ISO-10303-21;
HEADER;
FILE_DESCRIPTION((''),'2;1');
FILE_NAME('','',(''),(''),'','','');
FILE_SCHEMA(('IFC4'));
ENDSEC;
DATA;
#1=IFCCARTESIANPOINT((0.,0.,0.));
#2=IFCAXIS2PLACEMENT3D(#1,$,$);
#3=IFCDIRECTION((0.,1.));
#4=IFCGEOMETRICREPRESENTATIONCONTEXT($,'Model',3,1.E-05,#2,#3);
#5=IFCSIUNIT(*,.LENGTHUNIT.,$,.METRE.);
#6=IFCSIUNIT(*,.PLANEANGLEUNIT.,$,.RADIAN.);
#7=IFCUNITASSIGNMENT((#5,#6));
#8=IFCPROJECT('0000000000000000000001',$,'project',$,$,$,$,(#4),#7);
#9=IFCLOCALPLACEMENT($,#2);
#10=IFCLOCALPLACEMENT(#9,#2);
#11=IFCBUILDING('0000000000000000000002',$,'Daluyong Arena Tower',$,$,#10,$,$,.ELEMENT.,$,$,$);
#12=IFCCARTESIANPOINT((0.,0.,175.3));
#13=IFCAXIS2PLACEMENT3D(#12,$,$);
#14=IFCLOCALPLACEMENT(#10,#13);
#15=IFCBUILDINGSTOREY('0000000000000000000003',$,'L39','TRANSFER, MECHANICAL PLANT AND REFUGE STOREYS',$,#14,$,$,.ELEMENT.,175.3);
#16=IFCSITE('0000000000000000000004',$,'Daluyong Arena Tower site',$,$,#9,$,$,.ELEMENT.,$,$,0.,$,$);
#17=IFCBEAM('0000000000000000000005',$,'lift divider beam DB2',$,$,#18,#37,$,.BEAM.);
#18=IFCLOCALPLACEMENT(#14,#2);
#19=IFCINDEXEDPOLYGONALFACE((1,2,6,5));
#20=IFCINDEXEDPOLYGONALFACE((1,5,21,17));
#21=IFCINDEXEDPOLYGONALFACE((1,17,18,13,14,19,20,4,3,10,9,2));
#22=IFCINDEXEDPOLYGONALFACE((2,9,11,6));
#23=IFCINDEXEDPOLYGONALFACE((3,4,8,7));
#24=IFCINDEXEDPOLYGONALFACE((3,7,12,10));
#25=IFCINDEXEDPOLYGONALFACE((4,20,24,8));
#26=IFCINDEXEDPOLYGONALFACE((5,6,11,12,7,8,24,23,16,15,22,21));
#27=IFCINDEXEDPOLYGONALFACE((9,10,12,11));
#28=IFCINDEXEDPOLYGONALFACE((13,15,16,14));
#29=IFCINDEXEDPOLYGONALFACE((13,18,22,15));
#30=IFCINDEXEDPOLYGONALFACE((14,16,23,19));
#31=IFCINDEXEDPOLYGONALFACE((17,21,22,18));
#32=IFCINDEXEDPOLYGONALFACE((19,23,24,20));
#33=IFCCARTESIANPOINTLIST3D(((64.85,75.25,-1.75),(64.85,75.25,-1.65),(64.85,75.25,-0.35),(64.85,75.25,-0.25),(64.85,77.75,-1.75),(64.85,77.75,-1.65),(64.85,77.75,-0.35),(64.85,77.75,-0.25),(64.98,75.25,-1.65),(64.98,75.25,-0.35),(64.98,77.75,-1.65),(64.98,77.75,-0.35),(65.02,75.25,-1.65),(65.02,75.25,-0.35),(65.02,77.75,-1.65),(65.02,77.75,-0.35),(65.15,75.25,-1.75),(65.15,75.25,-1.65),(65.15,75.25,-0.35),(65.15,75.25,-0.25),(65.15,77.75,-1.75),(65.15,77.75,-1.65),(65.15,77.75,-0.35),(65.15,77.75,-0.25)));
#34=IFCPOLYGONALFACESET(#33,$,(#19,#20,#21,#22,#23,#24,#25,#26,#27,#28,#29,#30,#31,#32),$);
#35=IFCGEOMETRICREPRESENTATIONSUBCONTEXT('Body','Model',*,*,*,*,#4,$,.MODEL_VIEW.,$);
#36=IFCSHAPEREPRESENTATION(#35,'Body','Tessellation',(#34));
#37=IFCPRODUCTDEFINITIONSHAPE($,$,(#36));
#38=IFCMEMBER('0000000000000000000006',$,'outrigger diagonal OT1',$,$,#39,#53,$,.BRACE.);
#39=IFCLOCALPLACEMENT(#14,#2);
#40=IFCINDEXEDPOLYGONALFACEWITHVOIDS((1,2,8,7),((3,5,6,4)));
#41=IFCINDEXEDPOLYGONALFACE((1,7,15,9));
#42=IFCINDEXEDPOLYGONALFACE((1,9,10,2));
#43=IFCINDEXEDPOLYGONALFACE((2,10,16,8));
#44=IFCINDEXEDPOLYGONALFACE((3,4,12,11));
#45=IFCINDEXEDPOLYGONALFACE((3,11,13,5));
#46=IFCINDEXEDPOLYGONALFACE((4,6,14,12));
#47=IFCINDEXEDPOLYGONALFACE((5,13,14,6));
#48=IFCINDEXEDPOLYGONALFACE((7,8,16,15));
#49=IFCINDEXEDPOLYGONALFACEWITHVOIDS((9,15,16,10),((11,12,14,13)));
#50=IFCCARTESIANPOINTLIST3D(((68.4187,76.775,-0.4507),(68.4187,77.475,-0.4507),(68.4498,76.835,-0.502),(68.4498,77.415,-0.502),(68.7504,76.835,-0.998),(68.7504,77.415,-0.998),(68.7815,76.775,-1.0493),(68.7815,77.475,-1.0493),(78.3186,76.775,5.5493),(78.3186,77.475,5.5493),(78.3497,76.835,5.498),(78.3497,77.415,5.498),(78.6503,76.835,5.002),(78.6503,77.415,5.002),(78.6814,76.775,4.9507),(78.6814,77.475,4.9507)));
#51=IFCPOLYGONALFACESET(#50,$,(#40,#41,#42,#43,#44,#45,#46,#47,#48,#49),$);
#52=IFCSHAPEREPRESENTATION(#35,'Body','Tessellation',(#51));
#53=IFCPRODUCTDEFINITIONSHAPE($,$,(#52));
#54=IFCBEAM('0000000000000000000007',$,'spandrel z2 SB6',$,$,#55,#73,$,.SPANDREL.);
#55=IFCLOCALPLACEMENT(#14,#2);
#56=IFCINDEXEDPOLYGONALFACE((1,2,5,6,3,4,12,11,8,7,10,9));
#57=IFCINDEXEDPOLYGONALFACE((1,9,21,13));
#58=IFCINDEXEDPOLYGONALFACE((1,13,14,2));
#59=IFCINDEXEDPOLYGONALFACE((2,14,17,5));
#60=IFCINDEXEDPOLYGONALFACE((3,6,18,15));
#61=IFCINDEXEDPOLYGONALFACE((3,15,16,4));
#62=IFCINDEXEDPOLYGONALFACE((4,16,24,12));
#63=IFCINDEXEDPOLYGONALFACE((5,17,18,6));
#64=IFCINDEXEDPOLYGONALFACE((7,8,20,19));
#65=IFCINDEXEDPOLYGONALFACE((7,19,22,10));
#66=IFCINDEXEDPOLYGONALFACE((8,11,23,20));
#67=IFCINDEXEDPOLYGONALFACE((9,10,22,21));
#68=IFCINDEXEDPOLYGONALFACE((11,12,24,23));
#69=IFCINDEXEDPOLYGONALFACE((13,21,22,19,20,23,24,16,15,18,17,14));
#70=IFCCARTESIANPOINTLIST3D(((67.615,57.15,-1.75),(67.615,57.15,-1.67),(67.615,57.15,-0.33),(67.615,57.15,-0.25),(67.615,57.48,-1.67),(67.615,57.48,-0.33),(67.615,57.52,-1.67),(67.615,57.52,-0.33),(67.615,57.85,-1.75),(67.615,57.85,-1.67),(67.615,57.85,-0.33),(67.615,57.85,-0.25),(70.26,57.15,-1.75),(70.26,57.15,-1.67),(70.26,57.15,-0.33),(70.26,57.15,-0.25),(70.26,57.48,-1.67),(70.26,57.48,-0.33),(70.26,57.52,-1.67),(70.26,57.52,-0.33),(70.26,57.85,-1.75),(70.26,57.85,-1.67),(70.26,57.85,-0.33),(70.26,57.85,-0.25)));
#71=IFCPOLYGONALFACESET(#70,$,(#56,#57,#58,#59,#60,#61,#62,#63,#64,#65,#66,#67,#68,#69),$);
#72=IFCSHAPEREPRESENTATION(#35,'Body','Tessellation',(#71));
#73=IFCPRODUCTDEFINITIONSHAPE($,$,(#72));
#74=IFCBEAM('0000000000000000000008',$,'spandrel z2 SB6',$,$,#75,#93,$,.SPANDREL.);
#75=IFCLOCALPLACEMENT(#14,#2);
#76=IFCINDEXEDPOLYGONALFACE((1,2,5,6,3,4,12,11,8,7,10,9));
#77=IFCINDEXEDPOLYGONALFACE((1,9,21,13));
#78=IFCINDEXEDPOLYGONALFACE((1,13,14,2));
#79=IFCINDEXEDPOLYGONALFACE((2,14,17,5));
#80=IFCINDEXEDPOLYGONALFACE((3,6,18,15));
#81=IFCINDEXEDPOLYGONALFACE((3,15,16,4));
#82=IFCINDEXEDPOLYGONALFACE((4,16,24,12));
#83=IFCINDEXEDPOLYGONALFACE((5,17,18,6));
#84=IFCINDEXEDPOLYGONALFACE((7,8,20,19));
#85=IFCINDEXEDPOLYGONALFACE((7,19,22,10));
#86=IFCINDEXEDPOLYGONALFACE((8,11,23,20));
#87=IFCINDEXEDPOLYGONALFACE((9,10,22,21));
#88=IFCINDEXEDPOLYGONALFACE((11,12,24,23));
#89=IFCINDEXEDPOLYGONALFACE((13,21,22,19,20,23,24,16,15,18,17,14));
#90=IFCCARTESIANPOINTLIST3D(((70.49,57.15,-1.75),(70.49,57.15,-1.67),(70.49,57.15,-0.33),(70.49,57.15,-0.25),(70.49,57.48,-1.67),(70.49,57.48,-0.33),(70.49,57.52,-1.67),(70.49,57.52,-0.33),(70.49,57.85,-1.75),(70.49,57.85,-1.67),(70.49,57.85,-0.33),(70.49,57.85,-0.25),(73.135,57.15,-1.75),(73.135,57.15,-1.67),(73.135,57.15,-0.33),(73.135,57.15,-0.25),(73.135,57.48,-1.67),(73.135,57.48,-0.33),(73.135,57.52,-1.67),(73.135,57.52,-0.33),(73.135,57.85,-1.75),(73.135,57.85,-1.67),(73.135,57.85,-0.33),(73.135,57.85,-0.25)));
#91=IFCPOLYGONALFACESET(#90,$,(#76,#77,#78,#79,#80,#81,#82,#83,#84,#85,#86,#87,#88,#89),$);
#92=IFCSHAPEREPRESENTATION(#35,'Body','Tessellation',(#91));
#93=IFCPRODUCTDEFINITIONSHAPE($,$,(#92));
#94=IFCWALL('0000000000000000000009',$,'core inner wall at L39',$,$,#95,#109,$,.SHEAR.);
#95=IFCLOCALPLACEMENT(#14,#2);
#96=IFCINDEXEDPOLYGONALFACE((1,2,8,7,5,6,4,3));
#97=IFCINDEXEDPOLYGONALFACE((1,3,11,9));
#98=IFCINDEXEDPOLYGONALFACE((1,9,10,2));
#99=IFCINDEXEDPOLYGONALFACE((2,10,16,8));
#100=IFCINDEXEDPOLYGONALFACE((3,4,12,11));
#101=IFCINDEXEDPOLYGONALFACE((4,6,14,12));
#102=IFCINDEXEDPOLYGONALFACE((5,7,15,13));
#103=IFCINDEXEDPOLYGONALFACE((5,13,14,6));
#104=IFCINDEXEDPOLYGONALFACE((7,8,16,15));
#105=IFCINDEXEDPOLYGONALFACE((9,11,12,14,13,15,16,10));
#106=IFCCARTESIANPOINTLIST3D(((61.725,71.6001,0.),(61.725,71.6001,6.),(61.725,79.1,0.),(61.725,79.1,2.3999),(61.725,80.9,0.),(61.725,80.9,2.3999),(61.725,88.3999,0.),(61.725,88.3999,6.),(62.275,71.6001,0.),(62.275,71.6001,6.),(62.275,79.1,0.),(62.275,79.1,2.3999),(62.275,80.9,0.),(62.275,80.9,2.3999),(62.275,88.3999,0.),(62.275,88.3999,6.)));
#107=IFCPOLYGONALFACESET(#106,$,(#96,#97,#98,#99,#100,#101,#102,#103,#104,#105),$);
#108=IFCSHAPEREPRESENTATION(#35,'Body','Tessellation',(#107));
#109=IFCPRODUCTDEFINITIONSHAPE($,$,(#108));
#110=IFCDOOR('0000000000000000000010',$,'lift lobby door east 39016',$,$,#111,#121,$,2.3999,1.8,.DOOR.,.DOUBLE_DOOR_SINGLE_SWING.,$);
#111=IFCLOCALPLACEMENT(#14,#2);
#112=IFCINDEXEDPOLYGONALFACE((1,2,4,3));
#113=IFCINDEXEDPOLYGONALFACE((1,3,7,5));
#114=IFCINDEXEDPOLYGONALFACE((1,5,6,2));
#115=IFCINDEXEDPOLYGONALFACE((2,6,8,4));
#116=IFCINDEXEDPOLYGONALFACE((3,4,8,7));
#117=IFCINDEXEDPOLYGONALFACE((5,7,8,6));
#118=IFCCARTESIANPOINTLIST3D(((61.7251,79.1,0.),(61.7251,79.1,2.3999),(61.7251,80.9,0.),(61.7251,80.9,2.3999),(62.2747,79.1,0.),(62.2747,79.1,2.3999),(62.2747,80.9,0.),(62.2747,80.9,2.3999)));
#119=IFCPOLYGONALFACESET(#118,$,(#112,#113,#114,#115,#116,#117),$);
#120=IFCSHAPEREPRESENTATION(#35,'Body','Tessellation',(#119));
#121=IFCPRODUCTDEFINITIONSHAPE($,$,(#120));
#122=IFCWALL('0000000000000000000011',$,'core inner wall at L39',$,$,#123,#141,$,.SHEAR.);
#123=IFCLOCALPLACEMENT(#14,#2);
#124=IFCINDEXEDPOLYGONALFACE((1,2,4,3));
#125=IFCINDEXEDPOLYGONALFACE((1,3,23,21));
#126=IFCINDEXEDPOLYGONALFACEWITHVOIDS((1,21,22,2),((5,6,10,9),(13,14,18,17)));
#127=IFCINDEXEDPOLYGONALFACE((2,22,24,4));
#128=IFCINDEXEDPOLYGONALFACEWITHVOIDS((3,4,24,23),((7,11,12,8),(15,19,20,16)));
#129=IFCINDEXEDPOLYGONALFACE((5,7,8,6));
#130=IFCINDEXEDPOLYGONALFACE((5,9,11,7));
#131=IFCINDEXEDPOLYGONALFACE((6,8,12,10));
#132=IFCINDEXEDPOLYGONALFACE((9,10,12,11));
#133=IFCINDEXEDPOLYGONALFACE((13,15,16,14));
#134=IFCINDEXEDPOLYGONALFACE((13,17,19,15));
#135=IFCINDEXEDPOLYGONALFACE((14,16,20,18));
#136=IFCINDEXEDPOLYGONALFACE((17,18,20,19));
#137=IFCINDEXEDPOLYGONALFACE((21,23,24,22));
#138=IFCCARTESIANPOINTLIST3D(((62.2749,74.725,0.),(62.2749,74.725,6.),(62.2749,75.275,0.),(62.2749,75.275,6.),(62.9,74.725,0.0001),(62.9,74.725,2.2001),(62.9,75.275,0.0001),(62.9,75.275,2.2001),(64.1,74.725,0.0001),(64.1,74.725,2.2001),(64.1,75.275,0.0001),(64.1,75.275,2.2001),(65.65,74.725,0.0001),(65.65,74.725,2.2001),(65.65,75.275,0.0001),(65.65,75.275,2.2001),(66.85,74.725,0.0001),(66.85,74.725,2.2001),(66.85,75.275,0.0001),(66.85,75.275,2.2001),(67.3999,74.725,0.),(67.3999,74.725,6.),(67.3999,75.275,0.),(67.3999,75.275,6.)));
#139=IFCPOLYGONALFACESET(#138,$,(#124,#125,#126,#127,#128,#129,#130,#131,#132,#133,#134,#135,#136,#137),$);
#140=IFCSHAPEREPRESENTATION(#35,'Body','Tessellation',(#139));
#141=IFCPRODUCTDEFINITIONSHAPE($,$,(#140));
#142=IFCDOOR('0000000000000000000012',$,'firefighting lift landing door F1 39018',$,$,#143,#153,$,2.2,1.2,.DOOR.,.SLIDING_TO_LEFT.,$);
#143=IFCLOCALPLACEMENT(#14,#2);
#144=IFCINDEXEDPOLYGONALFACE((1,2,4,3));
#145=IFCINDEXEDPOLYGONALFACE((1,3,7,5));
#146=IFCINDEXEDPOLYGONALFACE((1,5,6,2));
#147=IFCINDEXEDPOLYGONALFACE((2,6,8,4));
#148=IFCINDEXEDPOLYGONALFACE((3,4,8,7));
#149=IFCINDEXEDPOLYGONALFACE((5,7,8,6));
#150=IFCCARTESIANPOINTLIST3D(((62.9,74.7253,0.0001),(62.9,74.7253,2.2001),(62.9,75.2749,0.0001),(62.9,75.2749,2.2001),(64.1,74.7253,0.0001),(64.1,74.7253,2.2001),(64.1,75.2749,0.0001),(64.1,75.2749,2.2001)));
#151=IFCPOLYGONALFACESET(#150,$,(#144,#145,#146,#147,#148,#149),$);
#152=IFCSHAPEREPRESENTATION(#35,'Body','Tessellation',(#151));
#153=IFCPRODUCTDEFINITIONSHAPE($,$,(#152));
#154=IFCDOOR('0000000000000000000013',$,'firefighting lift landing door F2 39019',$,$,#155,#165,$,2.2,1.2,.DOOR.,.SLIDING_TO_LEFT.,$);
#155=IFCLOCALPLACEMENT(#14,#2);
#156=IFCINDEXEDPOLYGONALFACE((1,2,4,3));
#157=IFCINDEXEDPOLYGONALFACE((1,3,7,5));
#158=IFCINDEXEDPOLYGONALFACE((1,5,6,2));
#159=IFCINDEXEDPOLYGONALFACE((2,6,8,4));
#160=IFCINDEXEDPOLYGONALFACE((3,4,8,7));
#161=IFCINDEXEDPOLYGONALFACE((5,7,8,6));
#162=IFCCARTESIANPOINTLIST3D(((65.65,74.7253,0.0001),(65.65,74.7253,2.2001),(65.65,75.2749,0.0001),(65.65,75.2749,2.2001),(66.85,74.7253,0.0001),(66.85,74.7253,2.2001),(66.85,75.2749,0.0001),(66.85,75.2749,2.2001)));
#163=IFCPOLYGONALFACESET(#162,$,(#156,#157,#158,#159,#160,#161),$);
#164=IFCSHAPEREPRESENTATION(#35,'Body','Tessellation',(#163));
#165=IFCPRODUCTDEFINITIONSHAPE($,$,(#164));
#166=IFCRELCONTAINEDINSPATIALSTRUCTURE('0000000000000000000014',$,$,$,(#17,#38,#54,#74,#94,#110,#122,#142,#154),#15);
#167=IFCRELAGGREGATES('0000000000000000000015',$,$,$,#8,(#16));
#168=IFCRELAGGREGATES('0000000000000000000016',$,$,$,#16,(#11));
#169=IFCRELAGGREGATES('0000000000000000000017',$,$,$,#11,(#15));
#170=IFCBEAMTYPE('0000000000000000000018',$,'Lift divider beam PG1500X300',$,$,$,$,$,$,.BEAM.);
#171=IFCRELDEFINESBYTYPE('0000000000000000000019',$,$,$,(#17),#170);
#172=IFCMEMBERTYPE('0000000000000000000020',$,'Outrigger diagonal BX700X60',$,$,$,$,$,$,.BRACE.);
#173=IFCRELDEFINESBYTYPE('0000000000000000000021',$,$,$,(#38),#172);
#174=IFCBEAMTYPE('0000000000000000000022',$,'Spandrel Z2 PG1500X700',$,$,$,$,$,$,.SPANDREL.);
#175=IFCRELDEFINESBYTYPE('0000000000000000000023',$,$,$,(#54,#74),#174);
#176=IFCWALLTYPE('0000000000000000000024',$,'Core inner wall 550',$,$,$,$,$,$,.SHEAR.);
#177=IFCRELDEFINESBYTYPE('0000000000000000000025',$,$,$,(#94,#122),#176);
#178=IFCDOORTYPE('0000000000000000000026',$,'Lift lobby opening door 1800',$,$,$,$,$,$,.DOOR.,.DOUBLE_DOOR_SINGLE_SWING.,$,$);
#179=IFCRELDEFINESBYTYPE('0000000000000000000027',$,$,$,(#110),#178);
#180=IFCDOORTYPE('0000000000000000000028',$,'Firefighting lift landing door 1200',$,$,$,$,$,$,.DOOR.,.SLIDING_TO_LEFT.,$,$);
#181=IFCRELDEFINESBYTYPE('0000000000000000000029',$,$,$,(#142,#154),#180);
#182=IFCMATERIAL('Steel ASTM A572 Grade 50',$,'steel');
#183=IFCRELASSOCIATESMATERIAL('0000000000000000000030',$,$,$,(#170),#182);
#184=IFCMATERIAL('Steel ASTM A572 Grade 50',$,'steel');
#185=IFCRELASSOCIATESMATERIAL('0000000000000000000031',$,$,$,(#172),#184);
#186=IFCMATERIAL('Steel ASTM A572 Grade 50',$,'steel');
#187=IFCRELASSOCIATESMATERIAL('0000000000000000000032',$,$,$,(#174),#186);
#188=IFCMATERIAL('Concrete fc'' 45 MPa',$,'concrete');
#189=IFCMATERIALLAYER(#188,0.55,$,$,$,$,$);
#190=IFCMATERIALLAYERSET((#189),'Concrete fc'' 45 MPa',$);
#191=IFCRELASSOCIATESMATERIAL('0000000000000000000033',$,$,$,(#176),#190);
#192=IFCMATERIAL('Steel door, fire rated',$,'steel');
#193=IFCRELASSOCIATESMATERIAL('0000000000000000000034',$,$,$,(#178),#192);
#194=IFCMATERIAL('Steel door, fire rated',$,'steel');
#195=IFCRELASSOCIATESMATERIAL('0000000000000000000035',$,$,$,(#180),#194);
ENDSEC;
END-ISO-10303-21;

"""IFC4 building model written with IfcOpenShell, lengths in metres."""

from ifc_helpers import new_model, si_unit, direction, frame, frame_2d, origin, origin_2d, place, context, subcontext, project, spatial, rectangle, hollow_rectangle, i_section, extrude, material, layer, layer_set, material_profile, profile_set, type_object, element, fill, save


model = new_model("IFC4")

# Units and contexts
model_context = context("Model", 3, precision=1e-05, world=origin(), true_north=direction((0.0, 1.0)))
body_context = subcontext(model_context, "Body", "Model", "MODEL_VIEW")
ifc_project = project(units=[si_unit("LENGTHUNIT", "METRE"), si_unit("PLANEANGLEUNIT", "RADIAN")], contexts=[model_context])

# Site, building, storey
site_placement = place(None, origin())
site = spatial("IfcSite", under=ifc_project, at=site_placement, Name="Daluyong Arena Tower site", CompositionType="ELEMENT", RefElevation=0.0)
building_placement = place(site_placement, origin())
building = spatial("IfcBuilding", under=site, at=building_placement, Name="Daluyong Arena Tower", CompositionType="ELEMENT")
storey_placement = place(building_placement, frame((0.0, 0.0, 175.3)))
storey = spatial("IfcBuildingStorey", under=building, at=storey_placement, Name="L39", Description="TRANSFER, MECHANICAL PLANT AND REFUGE STOREYS", CompositionType="ELEMENT", Elevation=175.3)

# Beam
ifc_material_1 = material(Name="Steel ASTM A572 Grade 50", Category="steel")
ifc_material_profile_1 = material_profile(ifc_material_1, i_section(OverallWidth=0.3, OverallDepth=1.5, WebThickness=0.04, FlangeThickness=0.1, at=origin_2d()))
ifc_profile_set_1 = profile_set([ifc_material_profile_1], Name="Steel ASTM A572 Grade 50")
beam_type_1 = type_object("IfcBeamType", Name="Lift divider beam PG1500X300", PredefinedType="BEAM", material=ifc_profile_set_1)
beam_1_placement = place(storey_placement, frame((65.0, 75.25, -1.0), z_axis=(0.0, 1.0, 0.0), x_axis=(-1.0, 0.0, 0.0)))
element("IfcBeam", 1, at=beam_1_placement, inside=storey, type_object=beam_type_1, Name="lift divider beam DB2", PredefinedType="BEAM", context=body_context, shape_type="SweptSolid", body=[
    extrude(i_section(OverallWidth=0.3, OverallDepth=1.5, WebThickness=0.04, FlangeThickness=0.1, at=origin_2d()), origin(), (0.0, 0.0, 1.0), 2.5),
])

# Member
ifc_material_2 = material(Name="Steel ASTM A572 Grade 50", Category="steel")
ifc_material_profile_2 = material_profile(ifc_material_2, hollow_rectangle(XDim=0.7, YDim=0.7, WallThickness=0.06, at=origin_2d()))
ifc_profile_set_2 = profile_set([ifc_material_profile_2], Name="Steel ASTM A572 Grade 50")
member_type_1 = type_object("IfcMemberType", Name="Outrigger diagonal BX700X60", PredefinedType="BRACE", material=ifc_profile_set_2)
member_1_placement = place(storey_placement, frame((68.6001, 77.125, -0.75), z_axis=(0.855196, 0.0, 0.518305), x_axis=(0.0, 1.0, 0.0)))
element("IfcMember", 2, at=member_1_placement, inside=storey, type_object=member_type_1, Name="outrigger diagonal OT1", PredefinedType="BRACE", context=body_context, shape_type="SweptSolid", body=[
    extrude(hollow_rectangle(XDim=0.7, YDim=0.7, WallThickness=0.06, at=origin_2d()), origin(), (0.0, 0.0, 1.0), 11.5762),
])

# Beams
ifc_material_3 = material(Name="Steel ASTM A572 Grade 50", Category="steel")
ifc_material_profile_3 = material_profile(ifc_material_3, i_section(OverallWidth=0.7, OverallDepth=1.5, WebThickness=0.04, FlangeThickness=0.08, at=origin_2d()))
ifc_profile_set_3 = profile_set([ifc_material_profile_3], Name="Steel ASTM A572 Grade 50")
beam_type_2 = type_object("IfcBeamType", Name="Spandrel Z2 PG1500X700", PredefinedType="SPANDREL", material=ifc_profile_set_3)
for number, where, z_axis, x_axis, name in (
    (3, (67.615, 57.5, -1.0), (1.0, 0.0, 0.0), (0.0, 1.0, 0.0), "spandrel z2 SB6"),
    (4, (70.49, 57.5, -1.0), (1.0, 0.0, 0.0), (0.0, 1.0, 0.0), "spandrel z2 SB6"),
):
    element("IfcBeam", number, at=place(storey_placement, frame(where, z_axis=z_axis, x_axis=x_axis)), inside=storey, type_object=beam_type_2, Name=name, PredefinedType="SPANDREL", context=body_context, shape_type="SweptSolid", body=[
        extrude(i_section(OverallWidth=0.7, OverallDepth=1.5, WebThickness=0.04, FlangeThickness=0.08, at=origin_2d()), origin(), (0.0, 0.0, 1.0), 2.645),
    ])

# Wall, opening, door
ifc_material_4 = material(Name="Concrete fc' 45 MPa", Category="concrete")
ifc_layer_1 = layer(ifc_material_4, 0.55)
ifc_layer_set_1 = layer_set([ifc_layer_1], Name="Concrete fc' 45 MPa")
wall_type_1 = type_object("IfcWallType", Name="Core inner wall 550", PredefinedType="SHEAR", material=ifc_layer_set_1)
wall_1_placement = place(storey_placement, frame((62.0, 71.6001, 0.0), z_axis=(0.0, 0.0, 1.0), x_axis=(0.0, 1.0, 0.0)))
wall_1 = element("IfcWall", 5, at=wall_1_placement, inside=storey, type_object=wall_type_1, Name="core inner wall at L39", PredefinedType="SHEAR", context=body_context, shape_type="SweptSolid", body=[
    extrude(rectangle(XDim=16.7998, YDim=0.55, at=frame_2d((8.3999, 0.0))), origin(), (0.0, 0.0, 1.0), 6.0),
])
opening_1_placement = place(wall_1_placement, frame((7.5, 0.0, 0.0)))
opening_1 = element("IfcOpeningElement", 6, at=opening_1_placement, cuts=wall_1, PredefinedType="OPENING", context=body_context, shape_type="SweptSolid", body=[
    extrude(rectangle(XDim=1.8, YDim=2.3999, at=frame_2d((0.8999, 1.2))), frame((0.0, 0.2849, 0.0), z_axis=(0.0, -1.0, 0.0), x_axis=(1.0, 0.0, 0.0)), (0.0, 0.0, 1.0), 0.5701),
])
ifc_material_5 = material(Name="Steel door, fire rated", Category="steel")
door_type_1 = type_object("IfcDoorType", Name="Lift lobby opening door 1800", OperationType="DOUBLE_DOOR_SINGLE_SWING", PredefinedType="DOOR", material=ifc_material_5)
door_1_placement = place(opening_1_placement, origin())
door_1 = element("IfcDoor", 7, at=door_1_placement, inside=storey, type_object=door_type_1, Name="lift lobby door east 39016", OperationType="DOUBLE_DOOR_SINGLE_SWING", OverallHeight=2.3999, OverallWidth=1.8, PredefinedType="DOOR", context=body_context, shape_type="SweptSolid", body=[
    extrude(rectangle(XDim=1.8, YDim=2.3999, at=frame_2d((0.8999, 1.2))), frame((0.0, 0.2749, 0.0), z_axis=(0.0, -1.0, 0.0), x_axis=(1.0, 0.0, 0.0)), (0.0, 0.0, 1.0), 0.5496),
])
fill(opening_1, door_1)

# Wall, openings, doors
wall_2_placement = place(storey_placement, frame((62.2749, 75.0, 0.0), z_axis=(0.0, 0.0, 1.0), x_axis=(1.0, 0.0, 0.0)))
wall_2 = element("IfcWall", 8, at=wall_2_placement, inside=storey, type_object=wall_type_1, Name="core inner wall at L39", PredefinedType="SHEAR", context=body_context, shape_type="SweptSolid", body=[
    extrude(rectangle(XDim=5.125, YDim=0.55, at=frame_2d((2.5625, 0.0))), origin(), (0.0, 0.0, 1.0), 6.0),
])
opening_2_placement = place(wall_2_placement, frame((0.625, 0.0, 0.0)))
opening_2 = element("IfcOpeningElement", 9, at=opening_2_placement, cuts=wall_2, PredefinedType="OPENING", context=body_context, shape_type="SweptSolid", body=[
    extrude(rectangle(XDim=1.2, YDim=2.2, at=frame_2d((0.6001, 1.1001))), frame((0.0, 0.2849, 0.0), z_axis=(0.0, -1.0, 0.0), x_axis=(1.0, 0.0, 0.0)), (0.0, 0.0, 1.0), 0.5701),
])
opening_3_placement = place(wall_2_placement, frame((3.375, 0.0, 0.0)))
opening_3 = element("IfcOpeningElement", 10, at=opening_3_placement, cuts=wall_2, PredefinedType="OPENING", context=body_context, shape_type="SweptSolid", body=[
    extrude(rectangle(XDim=1.2, YDim=2.2, at=frame_2d((0.6001, 1.1001))), frame((0.0, 0.2849, 0.0), z_axis=(0.0, -1.0, 0.0), x_axis=(1.0, 0.0, 0.0)), (0.0, 0.0, 1.0), 0.5701),
])
ifc_material_6 = material(Name="Steel door, fire rated", Category="steel")
door_type_2 = type_object("IfcDoorType", Name="Firefighting lift landing door 1200", OperationType="SLIDING_TO_LEFT", PredefinedType="DOOR", material=ifc_material_6)
door_2_placement = place(opening_2_placement, origin())
door_2 = element("IfcDoor", 11, at=door_2_placement, inside=storey, type_object=door_type_2, Name="firefighting lift landing door F1 39018", OperationType="SLIDING_TO_LEFT", OverallHeight=2.2, OverallWidth=1.2, PredefinedType="DOOR", context=body_context, shape_type="SweptSolid", body=[
    extrude(rectangle(XDim=1.2, YDim=2.2, at=frame_2d((0.6001, 1.1001))), frame((0.0, 0.2749, 0.0), z_axis=(0.0, -1.0, 0.0), x_axis=(1.0, 0.0, 0.0)), (0.0, 0.0, 1.0), 0.5496),
])
fill(opening_2, door_2)
door_3_placement = place(opening_3_placement, origin())
door_3 = element("IfcDoor", 12, at=door_3_placement, inside=storey, type_object=door_type_2, Name="firefighting lift landing door F2 39019", OperationType="SLIDING_TO_LEFT", OverallHeight=2.2, OverallWidth=1.2, PredefinedType="DOOR", context=body_context, shape_type="SweptSolid", body=[
    extrude(rectangle(XDim=1.2, YDim=2.2, at=frame_2d((0.6001, 1.1001))), frame((0.0, 0.2749, 0.0), z_axis=(0.0, -1.0, 0.0), x_axis=(1.0, 0.0, 0.0)), (0.0, 0.0, 1.0), 0.5496),
])
fill(opening_3, door_3)

save(model, "model.ifc")
